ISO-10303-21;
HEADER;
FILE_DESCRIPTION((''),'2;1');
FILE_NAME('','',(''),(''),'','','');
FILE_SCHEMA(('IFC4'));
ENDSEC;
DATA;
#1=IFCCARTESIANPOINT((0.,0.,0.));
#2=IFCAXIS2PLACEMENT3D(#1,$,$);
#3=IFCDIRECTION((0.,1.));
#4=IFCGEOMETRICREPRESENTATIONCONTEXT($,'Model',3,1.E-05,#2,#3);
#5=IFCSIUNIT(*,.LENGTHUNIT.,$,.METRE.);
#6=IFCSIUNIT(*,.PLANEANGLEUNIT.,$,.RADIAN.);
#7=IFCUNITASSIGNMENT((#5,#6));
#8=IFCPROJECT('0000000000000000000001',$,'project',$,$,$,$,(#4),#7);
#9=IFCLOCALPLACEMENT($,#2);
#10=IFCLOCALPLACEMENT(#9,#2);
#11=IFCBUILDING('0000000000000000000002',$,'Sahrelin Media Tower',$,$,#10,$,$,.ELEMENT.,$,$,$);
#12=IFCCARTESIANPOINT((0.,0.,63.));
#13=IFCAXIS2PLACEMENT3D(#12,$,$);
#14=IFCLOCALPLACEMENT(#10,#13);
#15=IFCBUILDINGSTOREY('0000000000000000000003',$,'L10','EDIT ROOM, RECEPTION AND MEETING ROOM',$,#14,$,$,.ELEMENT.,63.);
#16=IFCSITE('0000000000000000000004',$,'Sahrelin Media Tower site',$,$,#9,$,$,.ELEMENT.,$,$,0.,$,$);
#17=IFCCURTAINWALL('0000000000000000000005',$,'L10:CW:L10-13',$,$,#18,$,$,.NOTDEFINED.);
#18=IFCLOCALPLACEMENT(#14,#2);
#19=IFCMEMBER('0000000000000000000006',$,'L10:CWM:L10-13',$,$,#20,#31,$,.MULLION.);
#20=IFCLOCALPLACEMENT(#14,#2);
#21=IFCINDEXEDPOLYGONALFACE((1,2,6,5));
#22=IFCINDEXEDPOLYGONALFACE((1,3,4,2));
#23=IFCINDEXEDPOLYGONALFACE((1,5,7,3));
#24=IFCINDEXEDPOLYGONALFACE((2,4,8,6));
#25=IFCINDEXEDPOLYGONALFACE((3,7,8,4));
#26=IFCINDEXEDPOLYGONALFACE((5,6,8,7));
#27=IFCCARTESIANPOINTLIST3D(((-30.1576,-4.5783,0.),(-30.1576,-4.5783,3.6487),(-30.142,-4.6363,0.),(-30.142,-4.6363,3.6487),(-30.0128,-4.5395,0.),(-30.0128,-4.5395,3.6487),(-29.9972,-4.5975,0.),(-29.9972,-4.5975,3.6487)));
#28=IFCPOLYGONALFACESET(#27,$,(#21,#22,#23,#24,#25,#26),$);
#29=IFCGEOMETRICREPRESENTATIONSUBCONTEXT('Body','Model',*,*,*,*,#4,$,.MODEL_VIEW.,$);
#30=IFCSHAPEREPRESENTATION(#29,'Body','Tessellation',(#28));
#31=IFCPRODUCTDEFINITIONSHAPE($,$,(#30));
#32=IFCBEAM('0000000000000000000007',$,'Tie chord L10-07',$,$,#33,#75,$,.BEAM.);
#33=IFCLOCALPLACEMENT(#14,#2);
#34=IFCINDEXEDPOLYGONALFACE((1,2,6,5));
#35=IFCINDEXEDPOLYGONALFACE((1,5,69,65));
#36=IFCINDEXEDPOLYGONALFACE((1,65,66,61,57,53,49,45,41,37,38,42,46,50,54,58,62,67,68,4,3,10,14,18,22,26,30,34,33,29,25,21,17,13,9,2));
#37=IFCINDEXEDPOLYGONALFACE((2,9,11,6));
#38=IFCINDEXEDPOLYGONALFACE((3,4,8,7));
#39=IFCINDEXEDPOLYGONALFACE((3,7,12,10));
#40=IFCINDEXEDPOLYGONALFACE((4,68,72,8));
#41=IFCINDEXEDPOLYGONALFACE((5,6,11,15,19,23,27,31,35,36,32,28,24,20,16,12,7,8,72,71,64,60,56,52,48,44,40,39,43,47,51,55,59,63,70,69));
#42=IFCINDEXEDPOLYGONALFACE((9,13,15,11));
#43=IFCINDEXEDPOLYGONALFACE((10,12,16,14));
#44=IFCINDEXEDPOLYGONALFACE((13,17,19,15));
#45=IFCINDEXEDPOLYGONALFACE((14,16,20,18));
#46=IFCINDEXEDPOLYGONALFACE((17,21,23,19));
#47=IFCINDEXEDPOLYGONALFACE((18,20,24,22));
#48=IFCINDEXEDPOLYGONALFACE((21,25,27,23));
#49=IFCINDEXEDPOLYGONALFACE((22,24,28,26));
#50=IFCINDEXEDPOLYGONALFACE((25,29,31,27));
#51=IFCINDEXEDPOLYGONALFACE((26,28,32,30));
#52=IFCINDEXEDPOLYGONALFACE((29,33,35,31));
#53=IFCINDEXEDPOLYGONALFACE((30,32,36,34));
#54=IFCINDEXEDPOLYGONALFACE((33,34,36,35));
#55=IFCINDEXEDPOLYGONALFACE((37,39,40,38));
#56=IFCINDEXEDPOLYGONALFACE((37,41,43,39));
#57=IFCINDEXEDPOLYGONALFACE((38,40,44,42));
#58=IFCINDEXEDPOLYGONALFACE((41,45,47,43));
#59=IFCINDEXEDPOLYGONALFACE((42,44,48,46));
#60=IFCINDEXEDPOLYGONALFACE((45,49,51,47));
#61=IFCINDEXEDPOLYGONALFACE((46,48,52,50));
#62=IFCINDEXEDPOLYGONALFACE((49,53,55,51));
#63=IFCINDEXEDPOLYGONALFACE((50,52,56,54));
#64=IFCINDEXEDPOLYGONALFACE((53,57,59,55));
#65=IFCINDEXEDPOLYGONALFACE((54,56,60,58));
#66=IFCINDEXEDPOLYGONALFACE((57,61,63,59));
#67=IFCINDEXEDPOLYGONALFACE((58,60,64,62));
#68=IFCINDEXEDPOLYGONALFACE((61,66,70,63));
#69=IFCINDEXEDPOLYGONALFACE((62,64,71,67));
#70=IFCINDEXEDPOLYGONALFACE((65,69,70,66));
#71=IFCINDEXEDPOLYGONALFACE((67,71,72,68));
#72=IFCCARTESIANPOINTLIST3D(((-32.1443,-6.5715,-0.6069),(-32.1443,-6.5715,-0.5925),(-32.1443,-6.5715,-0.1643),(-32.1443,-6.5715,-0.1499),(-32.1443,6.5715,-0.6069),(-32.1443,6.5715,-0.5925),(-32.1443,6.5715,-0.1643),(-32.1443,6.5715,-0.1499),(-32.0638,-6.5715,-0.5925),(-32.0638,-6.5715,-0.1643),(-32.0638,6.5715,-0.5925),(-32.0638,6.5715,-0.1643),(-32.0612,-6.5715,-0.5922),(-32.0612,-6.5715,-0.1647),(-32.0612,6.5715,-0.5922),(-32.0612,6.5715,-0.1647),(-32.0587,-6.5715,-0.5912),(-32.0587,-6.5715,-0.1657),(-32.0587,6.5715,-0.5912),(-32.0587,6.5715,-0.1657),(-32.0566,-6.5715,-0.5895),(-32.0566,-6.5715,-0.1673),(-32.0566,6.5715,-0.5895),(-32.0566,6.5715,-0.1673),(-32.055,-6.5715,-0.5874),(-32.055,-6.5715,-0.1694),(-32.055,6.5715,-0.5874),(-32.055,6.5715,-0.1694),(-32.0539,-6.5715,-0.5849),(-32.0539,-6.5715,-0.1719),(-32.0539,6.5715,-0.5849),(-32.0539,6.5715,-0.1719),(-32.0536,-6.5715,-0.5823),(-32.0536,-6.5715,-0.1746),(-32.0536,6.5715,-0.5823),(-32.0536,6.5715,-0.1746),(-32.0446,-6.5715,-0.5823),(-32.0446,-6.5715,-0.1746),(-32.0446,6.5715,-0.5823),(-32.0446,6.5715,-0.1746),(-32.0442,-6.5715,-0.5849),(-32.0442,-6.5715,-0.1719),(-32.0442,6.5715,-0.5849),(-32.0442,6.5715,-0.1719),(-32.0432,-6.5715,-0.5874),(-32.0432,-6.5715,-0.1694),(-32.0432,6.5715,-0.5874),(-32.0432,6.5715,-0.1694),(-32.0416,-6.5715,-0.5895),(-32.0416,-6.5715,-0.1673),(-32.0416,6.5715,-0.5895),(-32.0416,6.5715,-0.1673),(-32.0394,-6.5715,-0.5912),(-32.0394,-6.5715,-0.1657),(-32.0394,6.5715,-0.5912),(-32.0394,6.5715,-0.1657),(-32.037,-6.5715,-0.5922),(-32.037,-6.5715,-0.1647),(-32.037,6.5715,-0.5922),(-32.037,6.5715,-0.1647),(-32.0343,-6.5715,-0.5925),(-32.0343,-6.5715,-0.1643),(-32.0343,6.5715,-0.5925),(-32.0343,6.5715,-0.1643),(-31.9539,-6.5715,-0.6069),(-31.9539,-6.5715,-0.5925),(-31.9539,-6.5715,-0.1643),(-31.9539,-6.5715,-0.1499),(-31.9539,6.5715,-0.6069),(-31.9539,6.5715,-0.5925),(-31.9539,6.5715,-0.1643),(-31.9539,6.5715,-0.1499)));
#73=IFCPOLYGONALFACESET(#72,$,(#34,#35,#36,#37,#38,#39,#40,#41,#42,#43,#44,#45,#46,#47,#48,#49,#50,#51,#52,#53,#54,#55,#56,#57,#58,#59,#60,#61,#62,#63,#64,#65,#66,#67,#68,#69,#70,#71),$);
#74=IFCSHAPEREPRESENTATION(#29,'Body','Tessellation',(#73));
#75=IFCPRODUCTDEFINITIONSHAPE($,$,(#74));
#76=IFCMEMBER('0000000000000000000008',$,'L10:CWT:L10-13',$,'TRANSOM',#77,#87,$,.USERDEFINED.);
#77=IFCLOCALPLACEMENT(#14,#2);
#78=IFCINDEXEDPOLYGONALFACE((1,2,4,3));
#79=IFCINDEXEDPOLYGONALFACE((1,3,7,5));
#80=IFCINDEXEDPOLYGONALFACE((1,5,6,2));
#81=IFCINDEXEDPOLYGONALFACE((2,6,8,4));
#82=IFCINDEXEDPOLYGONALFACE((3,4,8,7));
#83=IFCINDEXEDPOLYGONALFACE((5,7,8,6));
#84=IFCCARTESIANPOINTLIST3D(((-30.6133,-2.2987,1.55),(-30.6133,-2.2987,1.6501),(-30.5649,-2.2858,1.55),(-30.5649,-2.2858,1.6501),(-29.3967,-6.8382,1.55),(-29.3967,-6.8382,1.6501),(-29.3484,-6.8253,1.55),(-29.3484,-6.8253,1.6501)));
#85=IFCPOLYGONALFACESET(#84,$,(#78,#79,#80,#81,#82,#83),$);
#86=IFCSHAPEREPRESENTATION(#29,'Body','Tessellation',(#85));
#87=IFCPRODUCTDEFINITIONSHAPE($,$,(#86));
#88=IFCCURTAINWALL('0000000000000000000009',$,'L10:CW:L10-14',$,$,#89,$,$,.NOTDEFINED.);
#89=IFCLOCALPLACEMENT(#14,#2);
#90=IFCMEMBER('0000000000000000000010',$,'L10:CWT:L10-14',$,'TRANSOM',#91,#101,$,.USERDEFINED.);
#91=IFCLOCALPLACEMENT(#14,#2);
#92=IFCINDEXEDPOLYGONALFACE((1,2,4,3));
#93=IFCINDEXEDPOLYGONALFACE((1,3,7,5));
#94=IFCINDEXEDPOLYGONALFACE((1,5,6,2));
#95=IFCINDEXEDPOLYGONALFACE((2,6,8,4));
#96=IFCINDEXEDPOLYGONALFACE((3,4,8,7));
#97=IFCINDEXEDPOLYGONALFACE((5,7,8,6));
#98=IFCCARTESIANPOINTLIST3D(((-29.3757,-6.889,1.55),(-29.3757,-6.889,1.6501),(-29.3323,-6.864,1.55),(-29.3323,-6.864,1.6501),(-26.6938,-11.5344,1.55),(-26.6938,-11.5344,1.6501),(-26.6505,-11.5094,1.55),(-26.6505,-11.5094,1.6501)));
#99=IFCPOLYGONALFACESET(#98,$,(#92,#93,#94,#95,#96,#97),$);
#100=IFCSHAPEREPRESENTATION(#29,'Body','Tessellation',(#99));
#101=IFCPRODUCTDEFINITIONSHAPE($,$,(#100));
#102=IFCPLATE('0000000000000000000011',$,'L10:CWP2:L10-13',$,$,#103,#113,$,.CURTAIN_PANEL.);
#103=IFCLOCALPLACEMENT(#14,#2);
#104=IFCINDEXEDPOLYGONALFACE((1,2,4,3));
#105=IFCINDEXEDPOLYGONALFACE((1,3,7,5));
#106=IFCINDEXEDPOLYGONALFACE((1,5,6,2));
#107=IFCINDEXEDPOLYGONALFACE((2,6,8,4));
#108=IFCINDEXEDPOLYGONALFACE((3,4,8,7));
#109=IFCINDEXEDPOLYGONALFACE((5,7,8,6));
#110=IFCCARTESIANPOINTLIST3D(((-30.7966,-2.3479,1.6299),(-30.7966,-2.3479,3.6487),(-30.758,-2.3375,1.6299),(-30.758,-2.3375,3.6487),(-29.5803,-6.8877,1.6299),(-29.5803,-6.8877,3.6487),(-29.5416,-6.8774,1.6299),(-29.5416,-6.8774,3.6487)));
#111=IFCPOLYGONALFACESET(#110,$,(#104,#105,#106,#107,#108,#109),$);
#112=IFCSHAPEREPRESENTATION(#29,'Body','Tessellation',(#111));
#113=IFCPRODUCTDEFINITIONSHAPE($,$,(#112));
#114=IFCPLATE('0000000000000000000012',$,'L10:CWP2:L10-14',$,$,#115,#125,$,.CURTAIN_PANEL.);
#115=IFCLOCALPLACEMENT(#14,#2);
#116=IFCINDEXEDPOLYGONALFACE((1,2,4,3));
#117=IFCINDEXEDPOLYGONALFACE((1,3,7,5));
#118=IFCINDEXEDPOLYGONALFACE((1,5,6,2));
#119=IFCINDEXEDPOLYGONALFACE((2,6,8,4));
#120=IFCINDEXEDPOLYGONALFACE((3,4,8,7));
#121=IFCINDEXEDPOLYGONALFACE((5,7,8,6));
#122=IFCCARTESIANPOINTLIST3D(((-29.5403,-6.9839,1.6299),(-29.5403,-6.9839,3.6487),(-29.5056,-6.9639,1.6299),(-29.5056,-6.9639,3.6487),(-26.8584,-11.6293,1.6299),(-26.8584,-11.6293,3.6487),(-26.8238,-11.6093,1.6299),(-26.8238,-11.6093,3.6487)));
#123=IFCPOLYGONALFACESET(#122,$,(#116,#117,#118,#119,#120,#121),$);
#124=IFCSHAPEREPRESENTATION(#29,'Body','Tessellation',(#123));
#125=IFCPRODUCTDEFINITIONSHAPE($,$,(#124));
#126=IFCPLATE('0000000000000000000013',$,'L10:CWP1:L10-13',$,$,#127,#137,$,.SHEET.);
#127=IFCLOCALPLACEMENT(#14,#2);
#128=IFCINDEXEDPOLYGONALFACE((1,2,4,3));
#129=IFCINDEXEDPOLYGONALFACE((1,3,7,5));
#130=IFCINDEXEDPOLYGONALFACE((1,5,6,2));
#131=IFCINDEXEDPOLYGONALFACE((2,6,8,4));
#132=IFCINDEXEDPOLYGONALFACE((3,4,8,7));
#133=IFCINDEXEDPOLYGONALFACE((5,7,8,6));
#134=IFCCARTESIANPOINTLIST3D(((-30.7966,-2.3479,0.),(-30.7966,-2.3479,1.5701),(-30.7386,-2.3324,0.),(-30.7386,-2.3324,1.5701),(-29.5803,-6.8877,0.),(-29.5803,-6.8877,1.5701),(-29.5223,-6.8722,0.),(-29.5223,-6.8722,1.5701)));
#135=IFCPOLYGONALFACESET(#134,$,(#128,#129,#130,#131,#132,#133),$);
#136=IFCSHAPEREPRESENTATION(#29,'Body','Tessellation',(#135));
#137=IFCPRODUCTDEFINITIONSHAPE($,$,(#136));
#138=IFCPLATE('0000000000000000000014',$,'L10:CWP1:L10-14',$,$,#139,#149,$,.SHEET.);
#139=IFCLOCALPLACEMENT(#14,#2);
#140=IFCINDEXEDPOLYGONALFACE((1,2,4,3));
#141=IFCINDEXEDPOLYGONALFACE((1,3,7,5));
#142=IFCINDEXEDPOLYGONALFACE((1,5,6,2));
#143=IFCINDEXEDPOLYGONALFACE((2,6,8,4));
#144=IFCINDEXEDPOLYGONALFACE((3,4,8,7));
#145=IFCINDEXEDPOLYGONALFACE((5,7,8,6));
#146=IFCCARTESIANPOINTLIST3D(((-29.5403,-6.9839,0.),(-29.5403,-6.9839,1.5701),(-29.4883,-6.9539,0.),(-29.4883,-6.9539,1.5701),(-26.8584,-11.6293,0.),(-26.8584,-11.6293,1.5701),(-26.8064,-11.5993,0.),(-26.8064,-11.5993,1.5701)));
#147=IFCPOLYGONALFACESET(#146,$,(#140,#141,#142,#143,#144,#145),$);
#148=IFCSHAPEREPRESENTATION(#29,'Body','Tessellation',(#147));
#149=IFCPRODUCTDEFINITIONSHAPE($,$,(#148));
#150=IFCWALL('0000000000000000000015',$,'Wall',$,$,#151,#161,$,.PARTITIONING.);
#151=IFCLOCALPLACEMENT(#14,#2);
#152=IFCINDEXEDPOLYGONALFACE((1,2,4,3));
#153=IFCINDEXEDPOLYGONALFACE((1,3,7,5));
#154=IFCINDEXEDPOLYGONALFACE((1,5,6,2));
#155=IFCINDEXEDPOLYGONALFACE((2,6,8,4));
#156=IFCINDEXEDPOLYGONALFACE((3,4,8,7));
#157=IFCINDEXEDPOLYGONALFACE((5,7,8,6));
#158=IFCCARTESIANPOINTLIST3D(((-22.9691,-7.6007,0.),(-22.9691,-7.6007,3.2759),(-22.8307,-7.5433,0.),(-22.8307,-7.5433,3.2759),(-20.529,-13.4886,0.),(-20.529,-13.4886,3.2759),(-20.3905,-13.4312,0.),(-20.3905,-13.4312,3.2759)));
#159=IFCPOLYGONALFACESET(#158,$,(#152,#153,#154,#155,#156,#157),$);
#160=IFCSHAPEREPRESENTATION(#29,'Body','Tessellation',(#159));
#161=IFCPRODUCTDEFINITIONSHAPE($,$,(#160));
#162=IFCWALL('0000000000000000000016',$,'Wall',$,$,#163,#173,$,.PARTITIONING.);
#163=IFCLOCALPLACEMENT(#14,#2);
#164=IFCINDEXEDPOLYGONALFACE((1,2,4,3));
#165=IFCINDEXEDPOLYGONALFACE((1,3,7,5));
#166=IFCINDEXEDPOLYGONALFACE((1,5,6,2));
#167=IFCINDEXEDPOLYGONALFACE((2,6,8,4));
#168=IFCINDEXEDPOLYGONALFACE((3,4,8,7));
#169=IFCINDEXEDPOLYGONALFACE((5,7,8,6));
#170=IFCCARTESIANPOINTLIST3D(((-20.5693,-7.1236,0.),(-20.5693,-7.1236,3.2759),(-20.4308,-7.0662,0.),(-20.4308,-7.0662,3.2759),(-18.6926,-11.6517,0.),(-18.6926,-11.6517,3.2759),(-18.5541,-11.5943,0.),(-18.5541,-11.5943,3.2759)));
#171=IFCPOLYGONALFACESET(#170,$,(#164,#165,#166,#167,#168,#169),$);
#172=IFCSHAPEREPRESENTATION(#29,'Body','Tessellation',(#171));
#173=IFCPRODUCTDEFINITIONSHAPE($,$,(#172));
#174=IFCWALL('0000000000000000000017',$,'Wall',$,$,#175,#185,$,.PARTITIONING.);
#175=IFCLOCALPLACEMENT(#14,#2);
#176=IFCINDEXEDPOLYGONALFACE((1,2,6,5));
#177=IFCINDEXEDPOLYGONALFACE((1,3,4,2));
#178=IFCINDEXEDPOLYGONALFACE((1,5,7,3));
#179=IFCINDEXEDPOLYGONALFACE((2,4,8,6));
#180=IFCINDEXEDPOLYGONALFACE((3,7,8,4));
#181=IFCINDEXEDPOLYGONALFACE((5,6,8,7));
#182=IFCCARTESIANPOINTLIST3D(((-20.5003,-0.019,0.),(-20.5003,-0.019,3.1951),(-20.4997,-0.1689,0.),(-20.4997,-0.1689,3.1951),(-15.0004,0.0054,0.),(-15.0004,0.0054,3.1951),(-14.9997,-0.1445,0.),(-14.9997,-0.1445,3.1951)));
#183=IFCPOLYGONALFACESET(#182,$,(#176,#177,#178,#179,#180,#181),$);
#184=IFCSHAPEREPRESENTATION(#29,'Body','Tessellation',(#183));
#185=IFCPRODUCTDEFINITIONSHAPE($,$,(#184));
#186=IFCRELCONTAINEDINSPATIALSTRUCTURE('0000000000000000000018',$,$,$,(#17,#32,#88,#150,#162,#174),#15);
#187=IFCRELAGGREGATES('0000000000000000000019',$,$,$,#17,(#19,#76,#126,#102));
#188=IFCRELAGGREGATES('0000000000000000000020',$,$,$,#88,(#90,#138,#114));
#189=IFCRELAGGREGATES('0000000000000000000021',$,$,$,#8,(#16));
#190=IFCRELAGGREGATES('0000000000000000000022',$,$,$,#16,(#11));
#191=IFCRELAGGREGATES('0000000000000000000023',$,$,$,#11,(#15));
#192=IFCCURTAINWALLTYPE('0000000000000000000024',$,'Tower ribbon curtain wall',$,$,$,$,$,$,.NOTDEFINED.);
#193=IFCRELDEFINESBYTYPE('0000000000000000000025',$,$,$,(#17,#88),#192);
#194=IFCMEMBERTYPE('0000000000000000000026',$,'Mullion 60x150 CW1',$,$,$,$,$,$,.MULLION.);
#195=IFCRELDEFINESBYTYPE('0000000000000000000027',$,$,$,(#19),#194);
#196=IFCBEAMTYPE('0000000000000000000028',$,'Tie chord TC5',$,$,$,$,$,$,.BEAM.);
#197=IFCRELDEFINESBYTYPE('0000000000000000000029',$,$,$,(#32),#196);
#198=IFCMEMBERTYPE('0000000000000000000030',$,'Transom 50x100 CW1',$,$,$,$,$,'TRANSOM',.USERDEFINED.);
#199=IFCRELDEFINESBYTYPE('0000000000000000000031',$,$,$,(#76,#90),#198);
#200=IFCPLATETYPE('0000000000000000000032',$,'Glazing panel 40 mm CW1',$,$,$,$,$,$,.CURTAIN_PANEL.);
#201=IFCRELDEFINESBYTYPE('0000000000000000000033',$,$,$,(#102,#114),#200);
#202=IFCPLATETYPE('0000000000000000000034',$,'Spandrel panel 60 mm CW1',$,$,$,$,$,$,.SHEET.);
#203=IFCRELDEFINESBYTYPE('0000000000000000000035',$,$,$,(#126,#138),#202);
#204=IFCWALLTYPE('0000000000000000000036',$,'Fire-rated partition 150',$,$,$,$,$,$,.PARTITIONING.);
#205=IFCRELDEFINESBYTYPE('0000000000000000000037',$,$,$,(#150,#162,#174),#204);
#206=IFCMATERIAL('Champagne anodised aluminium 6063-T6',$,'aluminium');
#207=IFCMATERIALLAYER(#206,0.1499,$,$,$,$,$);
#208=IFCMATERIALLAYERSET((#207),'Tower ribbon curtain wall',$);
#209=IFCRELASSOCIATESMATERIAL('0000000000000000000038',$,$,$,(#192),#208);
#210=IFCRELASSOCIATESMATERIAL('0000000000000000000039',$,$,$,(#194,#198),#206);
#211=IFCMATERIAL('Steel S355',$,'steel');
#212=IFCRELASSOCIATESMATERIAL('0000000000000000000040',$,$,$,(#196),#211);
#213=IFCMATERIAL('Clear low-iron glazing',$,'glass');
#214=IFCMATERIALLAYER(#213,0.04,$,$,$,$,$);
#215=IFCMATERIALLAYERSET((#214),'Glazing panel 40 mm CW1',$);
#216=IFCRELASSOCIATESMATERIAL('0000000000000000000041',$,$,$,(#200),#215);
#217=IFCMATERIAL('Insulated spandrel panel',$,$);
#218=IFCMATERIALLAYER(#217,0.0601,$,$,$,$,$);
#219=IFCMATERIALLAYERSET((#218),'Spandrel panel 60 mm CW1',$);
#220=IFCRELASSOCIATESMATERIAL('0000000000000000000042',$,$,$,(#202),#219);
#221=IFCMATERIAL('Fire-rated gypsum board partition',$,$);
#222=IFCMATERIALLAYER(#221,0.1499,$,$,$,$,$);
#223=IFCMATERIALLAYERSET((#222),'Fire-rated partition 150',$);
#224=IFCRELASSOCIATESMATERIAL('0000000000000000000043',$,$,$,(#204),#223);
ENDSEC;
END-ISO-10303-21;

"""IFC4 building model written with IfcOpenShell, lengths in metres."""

from ifc_helpers import new_model, si_unit, direction, frame, frame_2d, origin, origin_2d, place, context, subcontext, project, spatial, polyline, rectangle, i_section, outline, extrude, material, layer, layer_set, material_profile, profile_set, type_object, element, aggregate, save


model = new_model("IFC4")

# Units and contexts
model_context = context("Model", 3, precision=1e-05, world=origin(), true_north=direction((0.0, 1.0)))
body_context = subcontext(model_context, "Body", "Model", "MODEL_VIEW")
ifc_project = project(units=[si_unit("LENGTHUNIT", "METRE"), si_unit("PLANEANGLEUNIT", "RADIAN")], contexts=[model_context])

# Site, building, storey
site_placement = place(None, origin())
site = spatial("IfcSite", under=ifc_project, at=site_placement, Name="Sahrelin Media Tower site", CompositionType="ELEMENT", RefElevation=0.0)
building_placement = place(site_placement, origin())
building = spatial("IfcBuilding", under=site, at=building_placement, Name="Sahrelin Media Tower", CompositionType="ELEMENT")
storey_placement = place(building_placement, frame((0.0, 0.0, 63.0)))
storey = spatial("IfcBuildingStorey", under=building, at=storey_placement, Name="L10", Description="EDIT ROOM, RECEPTION AND MEETING ROOM", CompositionType="ELEMENT", Elevation=63.0)

# Shared definitions
ifc_material_1 = material(Name="Steel S355", Category="steel")

# Curtain wall, member
ifc_material_2 = material(Name="Champagne anodised aluminium 6063-T6", Category="aluminium")
ifc_layer_1 = layer(ifc_material_2, 0.1499)
ifc_layer_set_1 = layer_set([ifc_layer_1], Name="Tower ribbon curtain wall")
curtain_wall_type = type_object("IfcCurtainWallType", Name="Tower ribbon curtain wall", PredefinedType="NOTDEFINED", material=ifc_layer_set_1)
ifc_material_profile_1 = material_profile(ifc_material_2, rectangle(XDim=0.0601, YDim=0.1499, at=origin_2d()), Name="Mullion 60x150")
ifc_profile_set_1 = profile_set([ifc_material_profile_1], Name="Champagne anodised aluminium 6063-T6")
member_type_1 = type_object("IfcMemberType", Name="Mullion 60x150 CW1", PredefinedType="MULLION", material=ifc_profile_set_1)
curtain_wall_1_placement = place(storey_placement, frame((-30.1692, -4.6125, 0.0), z_axis=(0.0, 0.0, 1.0), x_axis=(1.0, 0.0, 0.0)))
curtain_wall_1 = element("IfcCurtainWall", 1, at=curtain_wall_1_placement, inside=storey, type_object=curtain_wall_type, Name="L10:CW:L10-13", PredefinedType="NOTDEFINED")
member_1_placement = place(storey_placement, frame((-30.0774, -4.5879, 0.0), z_axis=(0.0, 0.0, 1.0), x_axis=(0.258821, -0.965925, 0.0)))
member_1 = element("IfcMember", 2, at=member_1_placement, type_object=member_type_1, Name="L10:CWM:L10-13", PredefinedType="MULLION", context=body_context, shape_type="SweptSolid", body=[
    extrude(rectangle(XDim=0.0601, YDim=0.1499, at=origin_2d()), origin(), (0.0, 0.0, 1.0), 3.6487),
])

# Beam
ifc_material_profile_2 = material_profile(ifc_material_1, i_section(OverallWidth=0.1904, OverallDepth=0.457, WebThickness=0.009, FlangeThickness=0.0144, FilletRadius=0.0103, at=origin_2d()), Name="UB 457x191x74")
ifc_profile_set_2 = profile_set([ifc_material_profile_2], Name="Steel S355")
beam_type_1 = type_object("IfcBeamType", Name="Tie chord TC5", PredefinedType="BEAM", material=ifc_profile_set_2)
beam_1_placement = place(storey_placement, frame((-32.0491, -6.5715, -0.3784), z_axis=(0.0, 1.0, 0.0), x_axis=(-1.0, 0.0, 0.0)))
element("IfcBeam", 3, at=beam_1_placement, inside=storey, type_object=beam_type_1, Name="Tie chord L10-07", PredefinedType="BEAM", context=body_context, shape_type="SweptSolid", body=[
    extrude(i_section(OverallWidth=0.1904, OverallDepth=0.457, WebThickness=0.009, FlangeThickness=0.0144, FilletRadius=0.0103, at=origin_2d()), origin(), (0.0, 0.0, 1.0), 13.1431),
])

# Member
ifc_material_profile_3 = material_profile(ifc_material_2, rectangle(XDim=0.05, YDim=0.1001, at=origin_2d()), Name="Transom 50x100")
ifc_profile_set_3 = profile_set([ifc_material_profile_3], Name="Champagne anodised aluminium 6063-T6")
member_type_2 = type_object("IfcMemberType", Name="Transom 50x100 CW1", ElementType="TRANSOM", PredefinedType="USERDEFINED", material=ifc_profile_set_3)
member_2_placement = place(storey_placement, frame((-30.5891, -2.2922, 1.6001), z_axis=(0.258856, -0.965916, 0.0), x_axis=(0.965916, 0.258856, 0.0)))
member_2 = element("IfcMember", 4, at=member_2_placement, type_object=member_type_2, Name="L10:CWT:L10-13", ObjectType="TRANSOM", PredefinedType="USERDEFINED", context=body_context, shape_type="SweptSolid", body=[
    extrude(rectangle(XDim=0.05, YDim=0.1001, at=origin_2d()), origin(), (0.0, 0.0, 1.0), 4.6997),
])

# Curtain wall, member
curtain_wall_2_placement = place(storey_placement, frame((-28.1819, -9.2966, 0.0), z_axis=(0.0, 0.0, 1.0), x_axis=(1.0, 0.0, 0.0)))
curtain_wall_2 = element("IfcCurtainWall", 5, at=curtain_wall_2_placement, inside=storey, type_object=curtain_wall_type, Name="L10:CW:L10-14", PredefinedType="NOTDEFINED")
member_3_placement = place(storey_placement, frame((-29.354, -6.8765, 1.6001), z_axis=(0.499972, -0.866042, 0.0), x_axis=(0.866042, 0.499972, 0.0)))
member_3 = element("IfcMember", 6, at=member_3_placement, type_object=member_type_2, Name="L10:CWT:L10-14", ObjectType="TRANSOM", PredefinedType="USERDEFINED", context=body_context, shape_type="SweptSolid", body=[
    extrude(rectangle(XDim=0.05, YDim=0.1001, at=origin_2d()), origin(), (0.0, 0.0, 1.0), 5.364),
])

# Plates
ifc_material_3 = material(Name="Clear low-iron glazing", Category="glass")
ifc_layer_2 = layer(ifc_material_3, 0.04)
ifc_layer_set_2 = layer_set([ifc_layer_2], Name="Glazing panel 40 mm CW1")
plate_type_1 = type_object("IfcPlateType", Name="Glazing panel 40 mm CW1", PredefinedType="CURTAIN_PANEL", material=ifc_layer_set_2)
plate_1_placement = place(storey_placement, frame((-30.7966, -2.3479, 1.6299), z_axis=(-0.965933, -0.258794, 0.0), x_axis=(0.258794, -0.965933, 0.0)))
plate_1 = element("IfcPlate", 7, at=plate_1_placement, type_object=plate_type_1, Name="L10:CWP2:L10-13", PredefinedType="CURTAIN_PANEL", context=body_context, shape_type="SweptSolid", body=[
    extrude(outline(polyline([(0.0, 0.0), (4.7, 0.0), (4.7, 2.0188), (0.0, 2.0188), (0.0, 0.0)])), origin(), (0.0, 0.0, -1.0), 0.04),
])
plate_2_placement = place(storey_placement, frame((-29.5403, -6.9839, 1.6299), z_axis=(-0.866042, -0.499972, 0.0), x_axis=(0.499972, -0.866042, 0.0)))
plate_2 = element("IfcPlate", 8, at=plate_2_placement, type_object=plate_type_1, Name="L10:CWP2:L10-14", PredefinedType="CURTAIN_PANEL", context=body_context, shape_type="SweptSolid", body=[
    extrude(outline(polyline([(0.0, 0.0), (5.364, 0.0), (5.364, 2.0188), (0.0, 2.0188), (0.0, 0.0)])), origin(), (0.0, 0.0, -1.0), 0.04),
])
ifc_material_4 = material(Name="Insulated spandrel panel")
ifc_layer_3 = layer(ifc_material_4, 0.0601)
ifc_layer_set_3 = layer_set([ifc_layer_3], Name="Spandrel panel 60 mm CW1")
plate_type_2 = type_object("IfcPlateType", Name="Spandrel panel 60 mm CW1", PredefinedType="SHEET", material=ifc_layer_set_3)
plate_3_placement = place(storey_placement, frame((-30.7966, -2.3479, 0.0), z_axis=(-0.965933, -0.258794, 0.0), x_axis=(0.258794, -0.965933, 0.0)))
plate_3 = element("IfcPlate", 9, at=plate_3_placement, type_object=plate_type_2, Name="L10:CWP1:L10-13", PredefinedType="SHEET", context=body_context, shape_type="SweptSolid", body=[
    extrude(outline(polyline([(0.0, 0.0), (4.7, 0.0), (4.7, 1.5701), (0.0, 1.5701), (0.0, 0.0)])), origin(), (0.0, 0.0, -1.0), 0.0601),
])
aggregate(curtain_wall_1, [member_1, member_2, plate_3, plate_1])
plate_4_placement = place(storey_placement, frame((-29.5403, -6.9839, 0.0), z_axis=(-0.866042, -0.499972, 0.0), x_axis=(0.499972, -0.866042, 0.0)))
plate_4 = element("IfcPlate", 10, at=plate_4_placement, type_object=plate_type_2, Name="L10:CWP1:L10-14", PredefinedType="SHEET", context=body_context, shape_type="SweptSolid", body=[
    extrude(outline(polyline([(0.0, 0.0), (5.364, 0.0), (5.364, 1.5701), (0.0, 1.5701), (0.0, 0.0)])), origin(), (0.0, 0.0, -1.0), 0.0601),
])
aggregate(curtain_wall_2, [member_3, plate_4, plate_2])

# Walls
ifc_material_5 = material(Name="Fire-rated gypsum board partition")
ifc_layer_4 = layer(ifc_material_5, 0.1499)
ifc_layer_set_4 = layer_set([ifc_layer_4], Name="Fire-rated partition 150")
wall_type_1 = type_object("IfcWallType", Name="Fire-rated partition 150", PredefinedType="PARTITIONING", material=ifc_layer_set_4)
wall_1_placement = place(storey_placement, frame((-22.8999, -7.572, 0.0), z_axis=(0.0, 0.0, 1.0), x_axis=(0.38286, -0.923806, 0.0)))
element("IfcWall", 11, at=wall_1_placement, inside=storey, type_object=wall_type_1, Name="Wall", PredefinedType="PARTITIONING", context=body_context, shape_type="SweptSolid", body=[
    extrude(rectangle(XDim=6.3735, YDim=0.1499, at=frame_2d((3.1868, 0.0))), origin(), (0.0, 0.0, 1.0), 3.2759),
])
wall_2_placement = place(storey_placement, frame((-20.5, -7.095, 0.0), z_axis=(0.0, 0.0, 1.0), x_axis=(0.382878, -0.923799, 0.0)))
element("IfcWall", 12, at=wall_2_placement, inside=storey, type_object=wall_type_1, Name="Wall", PredefinedType="PARTITIONING", context=body_context, shape_type="SweptSolid", body=[
    extrude(rectangle(XDim=4.9016, YDim=0.1499, at=frame_2d((2.4507, 0.0))), origin(), (0.0, 0.0, 1.0), 3.2759),
])
wall_3_placement = place(storey_placement, frame((-20.5, -0.094, 0.0), z_axis=(0.0, 0.0, 1.0), x_axis=(0.99999, 0.004439, 0.0)))
element("IfcWall", 13, at=wall_3_placement, inside=storey, type_object=wall_type_1, Name="Wall", PredefinedType="PARTITIONING", context=body_context, shape_type="SweptSolid", body=[
    extrude(rectangle(XDim=5.5, YDim=0.1499, at=frame_2d((2.75, 0.0))), origin(), (0.0, 0.0, 1.0), 3.1951),
])

save(model, "model.ifc")
